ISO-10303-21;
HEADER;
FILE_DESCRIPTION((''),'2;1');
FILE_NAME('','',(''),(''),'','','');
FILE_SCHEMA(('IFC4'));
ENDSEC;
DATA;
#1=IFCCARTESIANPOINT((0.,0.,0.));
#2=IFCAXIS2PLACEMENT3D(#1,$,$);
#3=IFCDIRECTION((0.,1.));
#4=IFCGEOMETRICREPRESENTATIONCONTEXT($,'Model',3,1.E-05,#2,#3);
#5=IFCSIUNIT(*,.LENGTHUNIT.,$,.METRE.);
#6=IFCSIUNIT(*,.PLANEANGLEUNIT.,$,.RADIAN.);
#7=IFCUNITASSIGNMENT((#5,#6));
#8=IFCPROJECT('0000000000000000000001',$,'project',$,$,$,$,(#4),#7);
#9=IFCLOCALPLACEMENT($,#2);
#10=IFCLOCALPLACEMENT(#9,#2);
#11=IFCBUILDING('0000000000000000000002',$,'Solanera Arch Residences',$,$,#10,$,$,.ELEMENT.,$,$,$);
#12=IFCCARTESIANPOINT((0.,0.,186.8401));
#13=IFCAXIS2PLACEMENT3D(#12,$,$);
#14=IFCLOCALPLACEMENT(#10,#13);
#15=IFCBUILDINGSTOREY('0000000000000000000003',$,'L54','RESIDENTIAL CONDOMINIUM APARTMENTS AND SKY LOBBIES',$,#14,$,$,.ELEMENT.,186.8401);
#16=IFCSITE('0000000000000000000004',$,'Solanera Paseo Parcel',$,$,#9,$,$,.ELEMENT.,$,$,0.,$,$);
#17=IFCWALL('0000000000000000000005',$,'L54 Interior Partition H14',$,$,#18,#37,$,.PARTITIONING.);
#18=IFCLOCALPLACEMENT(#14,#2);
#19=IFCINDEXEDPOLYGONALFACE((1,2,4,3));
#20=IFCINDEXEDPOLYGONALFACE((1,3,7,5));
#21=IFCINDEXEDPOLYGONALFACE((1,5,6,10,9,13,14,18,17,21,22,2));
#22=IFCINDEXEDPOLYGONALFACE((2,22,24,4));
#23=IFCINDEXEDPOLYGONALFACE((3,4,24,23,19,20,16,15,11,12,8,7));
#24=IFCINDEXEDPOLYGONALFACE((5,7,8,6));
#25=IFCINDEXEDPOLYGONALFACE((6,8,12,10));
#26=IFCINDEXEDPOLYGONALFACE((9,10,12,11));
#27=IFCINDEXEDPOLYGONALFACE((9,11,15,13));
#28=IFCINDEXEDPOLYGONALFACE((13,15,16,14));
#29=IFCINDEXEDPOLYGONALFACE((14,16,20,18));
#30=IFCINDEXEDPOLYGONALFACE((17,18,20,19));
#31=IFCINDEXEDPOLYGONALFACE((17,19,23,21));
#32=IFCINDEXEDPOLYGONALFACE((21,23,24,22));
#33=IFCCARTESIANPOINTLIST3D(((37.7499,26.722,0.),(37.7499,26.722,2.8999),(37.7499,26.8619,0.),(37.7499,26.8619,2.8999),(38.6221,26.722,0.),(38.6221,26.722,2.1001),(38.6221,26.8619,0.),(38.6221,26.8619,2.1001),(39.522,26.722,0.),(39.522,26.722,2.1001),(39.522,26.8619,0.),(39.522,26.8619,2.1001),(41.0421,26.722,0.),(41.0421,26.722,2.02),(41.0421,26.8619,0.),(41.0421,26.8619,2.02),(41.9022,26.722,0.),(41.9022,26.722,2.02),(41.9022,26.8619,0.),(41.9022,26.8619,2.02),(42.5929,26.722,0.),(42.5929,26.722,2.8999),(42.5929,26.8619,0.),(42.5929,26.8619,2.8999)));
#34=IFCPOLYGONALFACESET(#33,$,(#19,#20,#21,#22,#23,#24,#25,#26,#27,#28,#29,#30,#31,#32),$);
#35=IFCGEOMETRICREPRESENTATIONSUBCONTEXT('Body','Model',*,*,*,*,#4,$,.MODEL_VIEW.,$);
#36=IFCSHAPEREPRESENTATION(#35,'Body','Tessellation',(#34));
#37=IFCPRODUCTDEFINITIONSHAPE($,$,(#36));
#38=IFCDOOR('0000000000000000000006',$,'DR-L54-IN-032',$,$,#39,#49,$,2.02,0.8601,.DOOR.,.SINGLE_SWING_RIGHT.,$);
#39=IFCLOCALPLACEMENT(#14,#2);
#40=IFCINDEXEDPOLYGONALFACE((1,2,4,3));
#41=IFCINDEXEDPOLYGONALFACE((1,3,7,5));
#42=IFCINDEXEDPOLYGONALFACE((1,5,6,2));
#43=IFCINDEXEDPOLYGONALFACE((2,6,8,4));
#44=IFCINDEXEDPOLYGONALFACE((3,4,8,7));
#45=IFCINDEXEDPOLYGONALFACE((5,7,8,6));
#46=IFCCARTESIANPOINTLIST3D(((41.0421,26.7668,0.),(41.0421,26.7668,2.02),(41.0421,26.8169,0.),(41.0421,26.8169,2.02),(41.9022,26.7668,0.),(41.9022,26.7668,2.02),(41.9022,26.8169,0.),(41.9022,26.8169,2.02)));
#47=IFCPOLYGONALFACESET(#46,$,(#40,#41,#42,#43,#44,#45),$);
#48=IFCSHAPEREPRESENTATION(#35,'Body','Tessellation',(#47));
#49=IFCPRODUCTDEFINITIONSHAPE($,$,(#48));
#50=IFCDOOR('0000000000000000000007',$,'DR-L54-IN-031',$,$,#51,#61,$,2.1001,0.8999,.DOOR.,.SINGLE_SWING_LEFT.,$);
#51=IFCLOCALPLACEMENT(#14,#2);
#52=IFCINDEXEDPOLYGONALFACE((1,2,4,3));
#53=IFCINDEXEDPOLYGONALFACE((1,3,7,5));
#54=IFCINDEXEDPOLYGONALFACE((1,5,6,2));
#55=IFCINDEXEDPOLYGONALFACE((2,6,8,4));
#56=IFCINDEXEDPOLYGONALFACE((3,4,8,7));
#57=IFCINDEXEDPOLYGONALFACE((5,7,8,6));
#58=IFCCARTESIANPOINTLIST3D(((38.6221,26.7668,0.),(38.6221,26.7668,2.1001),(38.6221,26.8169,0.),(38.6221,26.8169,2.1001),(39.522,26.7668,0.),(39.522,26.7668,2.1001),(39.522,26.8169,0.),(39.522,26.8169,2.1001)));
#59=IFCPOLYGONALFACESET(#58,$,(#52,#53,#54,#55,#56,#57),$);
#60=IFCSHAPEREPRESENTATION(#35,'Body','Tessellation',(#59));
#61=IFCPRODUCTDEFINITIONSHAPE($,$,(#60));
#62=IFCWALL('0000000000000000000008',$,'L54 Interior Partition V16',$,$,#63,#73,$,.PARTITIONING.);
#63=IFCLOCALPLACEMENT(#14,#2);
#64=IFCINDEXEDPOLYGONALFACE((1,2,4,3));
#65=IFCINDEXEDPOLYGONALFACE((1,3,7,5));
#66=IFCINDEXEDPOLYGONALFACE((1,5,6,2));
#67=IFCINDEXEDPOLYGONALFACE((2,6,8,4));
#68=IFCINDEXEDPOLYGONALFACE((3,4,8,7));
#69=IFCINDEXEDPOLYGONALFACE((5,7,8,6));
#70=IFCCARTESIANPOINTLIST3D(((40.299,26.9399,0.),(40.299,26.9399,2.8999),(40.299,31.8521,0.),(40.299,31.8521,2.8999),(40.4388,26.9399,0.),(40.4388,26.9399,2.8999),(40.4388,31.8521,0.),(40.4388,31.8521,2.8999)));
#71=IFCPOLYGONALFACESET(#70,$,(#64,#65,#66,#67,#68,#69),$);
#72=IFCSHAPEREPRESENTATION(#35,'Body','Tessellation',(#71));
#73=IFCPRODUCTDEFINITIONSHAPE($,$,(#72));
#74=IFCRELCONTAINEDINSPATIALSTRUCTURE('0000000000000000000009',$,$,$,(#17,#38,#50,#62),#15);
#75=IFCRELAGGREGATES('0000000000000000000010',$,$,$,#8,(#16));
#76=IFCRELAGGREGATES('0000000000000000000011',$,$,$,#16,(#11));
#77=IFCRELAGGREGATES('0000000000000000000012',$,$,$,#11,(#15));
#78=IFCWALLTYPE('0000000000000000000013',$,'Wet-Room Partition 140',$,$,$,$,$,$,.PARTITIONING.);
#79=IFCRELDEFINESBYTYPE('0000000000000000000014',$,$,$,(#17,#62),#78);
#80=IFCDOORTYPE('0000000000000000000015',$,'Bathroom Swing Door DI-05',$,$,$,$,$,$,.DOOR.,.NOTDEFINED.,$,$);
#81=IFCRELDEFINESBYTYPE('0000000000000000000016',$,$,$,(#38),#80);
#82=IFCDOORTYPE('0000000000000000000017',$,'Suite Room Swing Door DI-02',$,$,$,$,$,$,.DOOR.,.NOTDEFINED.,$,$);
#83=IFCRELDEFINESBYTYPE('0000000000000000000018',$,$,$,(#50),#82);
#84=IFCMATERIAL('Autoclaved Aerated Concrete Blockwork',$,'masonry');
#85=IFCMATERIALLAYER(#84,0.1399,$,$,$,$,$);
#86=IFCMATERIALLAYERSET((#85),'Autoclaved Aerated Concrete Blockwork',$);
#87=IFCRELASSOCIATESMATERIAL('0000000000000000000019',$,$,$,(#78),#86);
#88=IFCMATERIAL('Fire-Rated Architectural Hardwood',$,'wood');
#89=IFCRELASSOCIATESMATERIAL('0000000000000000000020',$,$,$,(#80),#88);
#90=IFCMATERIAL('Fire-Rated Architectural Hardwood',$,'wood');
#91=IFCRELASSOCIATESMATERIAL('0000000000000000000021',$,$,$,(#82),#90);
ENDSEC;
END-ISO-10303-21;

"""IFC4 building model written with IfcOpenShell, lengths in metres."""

from ifc_helpers import new_model, si_unit, direction, frame, frame_2d, origin, place, context, subcontext, project, spatial, rectangle, extrude, material, layer, layer_set, type_object, element, fill, save


model = new_model("IFC4")

# Units and contexts
model_context = context("Model", 3, precision=1e-05, world=origin(), true_north=direction((0.0, 1.0)))
body_context = subcontext(model_context, "Body", "Model", "MODEL_VIEW")
ifc_project = project(units=[si_unit("LENGTHUNIT", "METRE"), si_unit("PLANEANGLEUNIT", "RADIAN")], contexts=[model_context])

# Site, building, storey
site_placement = place(None, origin())
site = spatial("IfcSite", under=ifc_project, at=site_placement, Name="Solanera Paseo Parcel", CompositionType="ELEMENT", RefElevation=0.0)
building_placement = place(site_placement, origin())
building = spatial("IfcBuilding", under=site, at=building_placement, Name="Solanera Arch Residences", CompositionType="ELEMENT")
storey_placement = place(building_placement, frame((0.0, 0.0, 186.8401)))
storey = spatial("IfcBuildingStorey", under=building, at=storey_placement, Name="L54", Description="RESIDENTIAL CONDOMINIUM APARTMENTS AND SKY LOBBIES", CompositionType="ELEMENT", Elevation=186.8401)

# Wall, openings, doors
ifc_material_1 = material(Name="Autoclaved Aerated Concrete Blockwork", Category="masonry")
ifc_layer_1 = layer(ifc_material_1, 0.1399)
ifc_layer_set_1 = layer_set([ifc_layer_1], Name="Autoclaved Aerated Concrete Blockwork")
wall_type_1 = type_object("IfcWallType", Name="Wet-Room Partition 140", PredefinedType="PARTITIONING", material=ifc_layer_set_1)
wall_1_placement = place(storey_placement, frame((37.75, 26.792, 0.0), z_axis=(0.0, 0.0, 1.0), x_axis=(1.0, 0.0, 0.0)))
wall_1 = element("IfcWall", 1, at=wall_1_placement, inside=storey, type_object=wall_type_1, Name="L54 Interior Partition H14", PredefinedType="PARTITIONING", context=body_context, shape_type="SweptSolid", body=[
    extrude(rectangle(XDim=4.843, YDim=0.1399, at=frame_2d((2.4214, 0.0))), origin(), (0.0, 0.0, 1.0), 2.8999),
])
opening_1_placement = place(wall_1_placement, frame((0.8721, 0.0, 0.0)))
opening_1 = element("IfcOpeningElement", 2, at=opening_1_placement, cuts=wall_1, PredefinedType="OPENING", context=body_context, shape_type="SweptSolid", body=[
    extrude(rectangle(XDim=0.8999, YDim=2.1001, at=frame_2d((0.45, 1.05))), frame((0.0, 0.0798, 0.0), z_axis=(0.0, -1.0, 0.0), x_axis=(1.0, 0.0, 0.0)), (0.0, 0.0, 1.0), 0.1599),
])
opening_2_placement = place(wall_1_placement, frame((3.292, 0.0, 0.0)))
opening_2 = element("IfcOpeningElement", 3, at=opening_2_placement, cuts=wall_1, PredefinedType="OPENING", context=body_context, shape_type="SweptSolid", body=[
    extrude(rectangle(XDim=0.8601, YDim=2.02, at=frame_2d((0.4302, 1.01))), frame((0.0, 0.0798, 0.0), z_axis=(0.0, -1.0, 0.0), x_axis=(1.0, 0.0, 0.0)), (0.0, 0.0, 1.0), 0.1599),
])
ifc_material_2 = material(Name="Fire-Rated Architectural Hardwood", Category="wood")
door_type_1 = type_object("IfcDoorType", Name="Bathroom Swing Door DI-05", OperationType="NOTDEFINED", PredefinedType="DOOR", material=ifc_material_2)
door_1_placement = place(opening_2_placement, origin())
door_1 = element("IfcDoor", 4, at=door_1_placement, inside=storey, type_object=door_type_1, Name="DR-L54-IN-032", OperationType="SINGLE_SWING_RIGHT", OverallHeight=2.02, OverallWidth=0.8601, PredefinedType="DOOR", context=body_context, shape_type="SweptSolid", body=[
    extrude(rectangle(XDim=0.8601, YDim=2.02, at=frame_2d((0.4302, 1.01))), frame((0.0, 0.0249, 0.0), z_axis=(0.0, -1.0, 0.0), x_axis=(1.0, 0.0, 0.0)), (0.0, 0.0, 1.0), 0.05),
])
fill(opening_2, door_1)
ifc_material_3 = material(Name="Fire-Rated Architectural Hardwood", Category="wood")
door_type_2 = type_object("IfcDoorType", Name="Suite Room Swing Door DI-02", OperationType="NOTDEFINED", PredefinedType="DOOR", material=ifc_material_3)
door_2_placement = place(opening_1_placement, origin())
door_2 = element("IfcDoor", 5, at=door_2_placement, inside=storey, type_object=door_type_2, Name="DR-L54-IN-031", OperationType="SINGLE_SWING_LEFT", OverallHeight=2.1001, OverallWidth=0.8999, PredefinedType="DOOR", context=body_context, shape_type="SweptSolid", body=[
    extrude(rectangle(XDim=0.8999, YDim=2.1001, at=frame_2d((0.45, 1.05))), frame((0.0, 0.0249, 0.0), z_axis=(0.0, -1.0, 0.0), x_axis=(1.0, 0.0, 0.0)), (0.0, 0.0, 1.0), 0.05),
])
fill(opening_1, door_2)

# Wall
wall_2_placement = place(storey_placement, frame((40.3689, 26.9399, 0.0), z_axis=(0.0, 0.0, 1.0), x_axis=(0.0, 1.0, 0.0)))
element("IfcWall", 6, at=wall_2_placement, inside=storey, type_object=wall_type_1, Name="L54 Interior Partition V16", PredefinedType="PARTITIONING", context=body_context, shape_type="SweptSolid", body=[
    extrude(rectangle(XDim=4.9121, YDim=0.1399, at=frame_2d((2.4561, 0.0))), origin(), (0.0, 0.0, 1.0), 2.8999),
])

save(model, "model.ifc")
